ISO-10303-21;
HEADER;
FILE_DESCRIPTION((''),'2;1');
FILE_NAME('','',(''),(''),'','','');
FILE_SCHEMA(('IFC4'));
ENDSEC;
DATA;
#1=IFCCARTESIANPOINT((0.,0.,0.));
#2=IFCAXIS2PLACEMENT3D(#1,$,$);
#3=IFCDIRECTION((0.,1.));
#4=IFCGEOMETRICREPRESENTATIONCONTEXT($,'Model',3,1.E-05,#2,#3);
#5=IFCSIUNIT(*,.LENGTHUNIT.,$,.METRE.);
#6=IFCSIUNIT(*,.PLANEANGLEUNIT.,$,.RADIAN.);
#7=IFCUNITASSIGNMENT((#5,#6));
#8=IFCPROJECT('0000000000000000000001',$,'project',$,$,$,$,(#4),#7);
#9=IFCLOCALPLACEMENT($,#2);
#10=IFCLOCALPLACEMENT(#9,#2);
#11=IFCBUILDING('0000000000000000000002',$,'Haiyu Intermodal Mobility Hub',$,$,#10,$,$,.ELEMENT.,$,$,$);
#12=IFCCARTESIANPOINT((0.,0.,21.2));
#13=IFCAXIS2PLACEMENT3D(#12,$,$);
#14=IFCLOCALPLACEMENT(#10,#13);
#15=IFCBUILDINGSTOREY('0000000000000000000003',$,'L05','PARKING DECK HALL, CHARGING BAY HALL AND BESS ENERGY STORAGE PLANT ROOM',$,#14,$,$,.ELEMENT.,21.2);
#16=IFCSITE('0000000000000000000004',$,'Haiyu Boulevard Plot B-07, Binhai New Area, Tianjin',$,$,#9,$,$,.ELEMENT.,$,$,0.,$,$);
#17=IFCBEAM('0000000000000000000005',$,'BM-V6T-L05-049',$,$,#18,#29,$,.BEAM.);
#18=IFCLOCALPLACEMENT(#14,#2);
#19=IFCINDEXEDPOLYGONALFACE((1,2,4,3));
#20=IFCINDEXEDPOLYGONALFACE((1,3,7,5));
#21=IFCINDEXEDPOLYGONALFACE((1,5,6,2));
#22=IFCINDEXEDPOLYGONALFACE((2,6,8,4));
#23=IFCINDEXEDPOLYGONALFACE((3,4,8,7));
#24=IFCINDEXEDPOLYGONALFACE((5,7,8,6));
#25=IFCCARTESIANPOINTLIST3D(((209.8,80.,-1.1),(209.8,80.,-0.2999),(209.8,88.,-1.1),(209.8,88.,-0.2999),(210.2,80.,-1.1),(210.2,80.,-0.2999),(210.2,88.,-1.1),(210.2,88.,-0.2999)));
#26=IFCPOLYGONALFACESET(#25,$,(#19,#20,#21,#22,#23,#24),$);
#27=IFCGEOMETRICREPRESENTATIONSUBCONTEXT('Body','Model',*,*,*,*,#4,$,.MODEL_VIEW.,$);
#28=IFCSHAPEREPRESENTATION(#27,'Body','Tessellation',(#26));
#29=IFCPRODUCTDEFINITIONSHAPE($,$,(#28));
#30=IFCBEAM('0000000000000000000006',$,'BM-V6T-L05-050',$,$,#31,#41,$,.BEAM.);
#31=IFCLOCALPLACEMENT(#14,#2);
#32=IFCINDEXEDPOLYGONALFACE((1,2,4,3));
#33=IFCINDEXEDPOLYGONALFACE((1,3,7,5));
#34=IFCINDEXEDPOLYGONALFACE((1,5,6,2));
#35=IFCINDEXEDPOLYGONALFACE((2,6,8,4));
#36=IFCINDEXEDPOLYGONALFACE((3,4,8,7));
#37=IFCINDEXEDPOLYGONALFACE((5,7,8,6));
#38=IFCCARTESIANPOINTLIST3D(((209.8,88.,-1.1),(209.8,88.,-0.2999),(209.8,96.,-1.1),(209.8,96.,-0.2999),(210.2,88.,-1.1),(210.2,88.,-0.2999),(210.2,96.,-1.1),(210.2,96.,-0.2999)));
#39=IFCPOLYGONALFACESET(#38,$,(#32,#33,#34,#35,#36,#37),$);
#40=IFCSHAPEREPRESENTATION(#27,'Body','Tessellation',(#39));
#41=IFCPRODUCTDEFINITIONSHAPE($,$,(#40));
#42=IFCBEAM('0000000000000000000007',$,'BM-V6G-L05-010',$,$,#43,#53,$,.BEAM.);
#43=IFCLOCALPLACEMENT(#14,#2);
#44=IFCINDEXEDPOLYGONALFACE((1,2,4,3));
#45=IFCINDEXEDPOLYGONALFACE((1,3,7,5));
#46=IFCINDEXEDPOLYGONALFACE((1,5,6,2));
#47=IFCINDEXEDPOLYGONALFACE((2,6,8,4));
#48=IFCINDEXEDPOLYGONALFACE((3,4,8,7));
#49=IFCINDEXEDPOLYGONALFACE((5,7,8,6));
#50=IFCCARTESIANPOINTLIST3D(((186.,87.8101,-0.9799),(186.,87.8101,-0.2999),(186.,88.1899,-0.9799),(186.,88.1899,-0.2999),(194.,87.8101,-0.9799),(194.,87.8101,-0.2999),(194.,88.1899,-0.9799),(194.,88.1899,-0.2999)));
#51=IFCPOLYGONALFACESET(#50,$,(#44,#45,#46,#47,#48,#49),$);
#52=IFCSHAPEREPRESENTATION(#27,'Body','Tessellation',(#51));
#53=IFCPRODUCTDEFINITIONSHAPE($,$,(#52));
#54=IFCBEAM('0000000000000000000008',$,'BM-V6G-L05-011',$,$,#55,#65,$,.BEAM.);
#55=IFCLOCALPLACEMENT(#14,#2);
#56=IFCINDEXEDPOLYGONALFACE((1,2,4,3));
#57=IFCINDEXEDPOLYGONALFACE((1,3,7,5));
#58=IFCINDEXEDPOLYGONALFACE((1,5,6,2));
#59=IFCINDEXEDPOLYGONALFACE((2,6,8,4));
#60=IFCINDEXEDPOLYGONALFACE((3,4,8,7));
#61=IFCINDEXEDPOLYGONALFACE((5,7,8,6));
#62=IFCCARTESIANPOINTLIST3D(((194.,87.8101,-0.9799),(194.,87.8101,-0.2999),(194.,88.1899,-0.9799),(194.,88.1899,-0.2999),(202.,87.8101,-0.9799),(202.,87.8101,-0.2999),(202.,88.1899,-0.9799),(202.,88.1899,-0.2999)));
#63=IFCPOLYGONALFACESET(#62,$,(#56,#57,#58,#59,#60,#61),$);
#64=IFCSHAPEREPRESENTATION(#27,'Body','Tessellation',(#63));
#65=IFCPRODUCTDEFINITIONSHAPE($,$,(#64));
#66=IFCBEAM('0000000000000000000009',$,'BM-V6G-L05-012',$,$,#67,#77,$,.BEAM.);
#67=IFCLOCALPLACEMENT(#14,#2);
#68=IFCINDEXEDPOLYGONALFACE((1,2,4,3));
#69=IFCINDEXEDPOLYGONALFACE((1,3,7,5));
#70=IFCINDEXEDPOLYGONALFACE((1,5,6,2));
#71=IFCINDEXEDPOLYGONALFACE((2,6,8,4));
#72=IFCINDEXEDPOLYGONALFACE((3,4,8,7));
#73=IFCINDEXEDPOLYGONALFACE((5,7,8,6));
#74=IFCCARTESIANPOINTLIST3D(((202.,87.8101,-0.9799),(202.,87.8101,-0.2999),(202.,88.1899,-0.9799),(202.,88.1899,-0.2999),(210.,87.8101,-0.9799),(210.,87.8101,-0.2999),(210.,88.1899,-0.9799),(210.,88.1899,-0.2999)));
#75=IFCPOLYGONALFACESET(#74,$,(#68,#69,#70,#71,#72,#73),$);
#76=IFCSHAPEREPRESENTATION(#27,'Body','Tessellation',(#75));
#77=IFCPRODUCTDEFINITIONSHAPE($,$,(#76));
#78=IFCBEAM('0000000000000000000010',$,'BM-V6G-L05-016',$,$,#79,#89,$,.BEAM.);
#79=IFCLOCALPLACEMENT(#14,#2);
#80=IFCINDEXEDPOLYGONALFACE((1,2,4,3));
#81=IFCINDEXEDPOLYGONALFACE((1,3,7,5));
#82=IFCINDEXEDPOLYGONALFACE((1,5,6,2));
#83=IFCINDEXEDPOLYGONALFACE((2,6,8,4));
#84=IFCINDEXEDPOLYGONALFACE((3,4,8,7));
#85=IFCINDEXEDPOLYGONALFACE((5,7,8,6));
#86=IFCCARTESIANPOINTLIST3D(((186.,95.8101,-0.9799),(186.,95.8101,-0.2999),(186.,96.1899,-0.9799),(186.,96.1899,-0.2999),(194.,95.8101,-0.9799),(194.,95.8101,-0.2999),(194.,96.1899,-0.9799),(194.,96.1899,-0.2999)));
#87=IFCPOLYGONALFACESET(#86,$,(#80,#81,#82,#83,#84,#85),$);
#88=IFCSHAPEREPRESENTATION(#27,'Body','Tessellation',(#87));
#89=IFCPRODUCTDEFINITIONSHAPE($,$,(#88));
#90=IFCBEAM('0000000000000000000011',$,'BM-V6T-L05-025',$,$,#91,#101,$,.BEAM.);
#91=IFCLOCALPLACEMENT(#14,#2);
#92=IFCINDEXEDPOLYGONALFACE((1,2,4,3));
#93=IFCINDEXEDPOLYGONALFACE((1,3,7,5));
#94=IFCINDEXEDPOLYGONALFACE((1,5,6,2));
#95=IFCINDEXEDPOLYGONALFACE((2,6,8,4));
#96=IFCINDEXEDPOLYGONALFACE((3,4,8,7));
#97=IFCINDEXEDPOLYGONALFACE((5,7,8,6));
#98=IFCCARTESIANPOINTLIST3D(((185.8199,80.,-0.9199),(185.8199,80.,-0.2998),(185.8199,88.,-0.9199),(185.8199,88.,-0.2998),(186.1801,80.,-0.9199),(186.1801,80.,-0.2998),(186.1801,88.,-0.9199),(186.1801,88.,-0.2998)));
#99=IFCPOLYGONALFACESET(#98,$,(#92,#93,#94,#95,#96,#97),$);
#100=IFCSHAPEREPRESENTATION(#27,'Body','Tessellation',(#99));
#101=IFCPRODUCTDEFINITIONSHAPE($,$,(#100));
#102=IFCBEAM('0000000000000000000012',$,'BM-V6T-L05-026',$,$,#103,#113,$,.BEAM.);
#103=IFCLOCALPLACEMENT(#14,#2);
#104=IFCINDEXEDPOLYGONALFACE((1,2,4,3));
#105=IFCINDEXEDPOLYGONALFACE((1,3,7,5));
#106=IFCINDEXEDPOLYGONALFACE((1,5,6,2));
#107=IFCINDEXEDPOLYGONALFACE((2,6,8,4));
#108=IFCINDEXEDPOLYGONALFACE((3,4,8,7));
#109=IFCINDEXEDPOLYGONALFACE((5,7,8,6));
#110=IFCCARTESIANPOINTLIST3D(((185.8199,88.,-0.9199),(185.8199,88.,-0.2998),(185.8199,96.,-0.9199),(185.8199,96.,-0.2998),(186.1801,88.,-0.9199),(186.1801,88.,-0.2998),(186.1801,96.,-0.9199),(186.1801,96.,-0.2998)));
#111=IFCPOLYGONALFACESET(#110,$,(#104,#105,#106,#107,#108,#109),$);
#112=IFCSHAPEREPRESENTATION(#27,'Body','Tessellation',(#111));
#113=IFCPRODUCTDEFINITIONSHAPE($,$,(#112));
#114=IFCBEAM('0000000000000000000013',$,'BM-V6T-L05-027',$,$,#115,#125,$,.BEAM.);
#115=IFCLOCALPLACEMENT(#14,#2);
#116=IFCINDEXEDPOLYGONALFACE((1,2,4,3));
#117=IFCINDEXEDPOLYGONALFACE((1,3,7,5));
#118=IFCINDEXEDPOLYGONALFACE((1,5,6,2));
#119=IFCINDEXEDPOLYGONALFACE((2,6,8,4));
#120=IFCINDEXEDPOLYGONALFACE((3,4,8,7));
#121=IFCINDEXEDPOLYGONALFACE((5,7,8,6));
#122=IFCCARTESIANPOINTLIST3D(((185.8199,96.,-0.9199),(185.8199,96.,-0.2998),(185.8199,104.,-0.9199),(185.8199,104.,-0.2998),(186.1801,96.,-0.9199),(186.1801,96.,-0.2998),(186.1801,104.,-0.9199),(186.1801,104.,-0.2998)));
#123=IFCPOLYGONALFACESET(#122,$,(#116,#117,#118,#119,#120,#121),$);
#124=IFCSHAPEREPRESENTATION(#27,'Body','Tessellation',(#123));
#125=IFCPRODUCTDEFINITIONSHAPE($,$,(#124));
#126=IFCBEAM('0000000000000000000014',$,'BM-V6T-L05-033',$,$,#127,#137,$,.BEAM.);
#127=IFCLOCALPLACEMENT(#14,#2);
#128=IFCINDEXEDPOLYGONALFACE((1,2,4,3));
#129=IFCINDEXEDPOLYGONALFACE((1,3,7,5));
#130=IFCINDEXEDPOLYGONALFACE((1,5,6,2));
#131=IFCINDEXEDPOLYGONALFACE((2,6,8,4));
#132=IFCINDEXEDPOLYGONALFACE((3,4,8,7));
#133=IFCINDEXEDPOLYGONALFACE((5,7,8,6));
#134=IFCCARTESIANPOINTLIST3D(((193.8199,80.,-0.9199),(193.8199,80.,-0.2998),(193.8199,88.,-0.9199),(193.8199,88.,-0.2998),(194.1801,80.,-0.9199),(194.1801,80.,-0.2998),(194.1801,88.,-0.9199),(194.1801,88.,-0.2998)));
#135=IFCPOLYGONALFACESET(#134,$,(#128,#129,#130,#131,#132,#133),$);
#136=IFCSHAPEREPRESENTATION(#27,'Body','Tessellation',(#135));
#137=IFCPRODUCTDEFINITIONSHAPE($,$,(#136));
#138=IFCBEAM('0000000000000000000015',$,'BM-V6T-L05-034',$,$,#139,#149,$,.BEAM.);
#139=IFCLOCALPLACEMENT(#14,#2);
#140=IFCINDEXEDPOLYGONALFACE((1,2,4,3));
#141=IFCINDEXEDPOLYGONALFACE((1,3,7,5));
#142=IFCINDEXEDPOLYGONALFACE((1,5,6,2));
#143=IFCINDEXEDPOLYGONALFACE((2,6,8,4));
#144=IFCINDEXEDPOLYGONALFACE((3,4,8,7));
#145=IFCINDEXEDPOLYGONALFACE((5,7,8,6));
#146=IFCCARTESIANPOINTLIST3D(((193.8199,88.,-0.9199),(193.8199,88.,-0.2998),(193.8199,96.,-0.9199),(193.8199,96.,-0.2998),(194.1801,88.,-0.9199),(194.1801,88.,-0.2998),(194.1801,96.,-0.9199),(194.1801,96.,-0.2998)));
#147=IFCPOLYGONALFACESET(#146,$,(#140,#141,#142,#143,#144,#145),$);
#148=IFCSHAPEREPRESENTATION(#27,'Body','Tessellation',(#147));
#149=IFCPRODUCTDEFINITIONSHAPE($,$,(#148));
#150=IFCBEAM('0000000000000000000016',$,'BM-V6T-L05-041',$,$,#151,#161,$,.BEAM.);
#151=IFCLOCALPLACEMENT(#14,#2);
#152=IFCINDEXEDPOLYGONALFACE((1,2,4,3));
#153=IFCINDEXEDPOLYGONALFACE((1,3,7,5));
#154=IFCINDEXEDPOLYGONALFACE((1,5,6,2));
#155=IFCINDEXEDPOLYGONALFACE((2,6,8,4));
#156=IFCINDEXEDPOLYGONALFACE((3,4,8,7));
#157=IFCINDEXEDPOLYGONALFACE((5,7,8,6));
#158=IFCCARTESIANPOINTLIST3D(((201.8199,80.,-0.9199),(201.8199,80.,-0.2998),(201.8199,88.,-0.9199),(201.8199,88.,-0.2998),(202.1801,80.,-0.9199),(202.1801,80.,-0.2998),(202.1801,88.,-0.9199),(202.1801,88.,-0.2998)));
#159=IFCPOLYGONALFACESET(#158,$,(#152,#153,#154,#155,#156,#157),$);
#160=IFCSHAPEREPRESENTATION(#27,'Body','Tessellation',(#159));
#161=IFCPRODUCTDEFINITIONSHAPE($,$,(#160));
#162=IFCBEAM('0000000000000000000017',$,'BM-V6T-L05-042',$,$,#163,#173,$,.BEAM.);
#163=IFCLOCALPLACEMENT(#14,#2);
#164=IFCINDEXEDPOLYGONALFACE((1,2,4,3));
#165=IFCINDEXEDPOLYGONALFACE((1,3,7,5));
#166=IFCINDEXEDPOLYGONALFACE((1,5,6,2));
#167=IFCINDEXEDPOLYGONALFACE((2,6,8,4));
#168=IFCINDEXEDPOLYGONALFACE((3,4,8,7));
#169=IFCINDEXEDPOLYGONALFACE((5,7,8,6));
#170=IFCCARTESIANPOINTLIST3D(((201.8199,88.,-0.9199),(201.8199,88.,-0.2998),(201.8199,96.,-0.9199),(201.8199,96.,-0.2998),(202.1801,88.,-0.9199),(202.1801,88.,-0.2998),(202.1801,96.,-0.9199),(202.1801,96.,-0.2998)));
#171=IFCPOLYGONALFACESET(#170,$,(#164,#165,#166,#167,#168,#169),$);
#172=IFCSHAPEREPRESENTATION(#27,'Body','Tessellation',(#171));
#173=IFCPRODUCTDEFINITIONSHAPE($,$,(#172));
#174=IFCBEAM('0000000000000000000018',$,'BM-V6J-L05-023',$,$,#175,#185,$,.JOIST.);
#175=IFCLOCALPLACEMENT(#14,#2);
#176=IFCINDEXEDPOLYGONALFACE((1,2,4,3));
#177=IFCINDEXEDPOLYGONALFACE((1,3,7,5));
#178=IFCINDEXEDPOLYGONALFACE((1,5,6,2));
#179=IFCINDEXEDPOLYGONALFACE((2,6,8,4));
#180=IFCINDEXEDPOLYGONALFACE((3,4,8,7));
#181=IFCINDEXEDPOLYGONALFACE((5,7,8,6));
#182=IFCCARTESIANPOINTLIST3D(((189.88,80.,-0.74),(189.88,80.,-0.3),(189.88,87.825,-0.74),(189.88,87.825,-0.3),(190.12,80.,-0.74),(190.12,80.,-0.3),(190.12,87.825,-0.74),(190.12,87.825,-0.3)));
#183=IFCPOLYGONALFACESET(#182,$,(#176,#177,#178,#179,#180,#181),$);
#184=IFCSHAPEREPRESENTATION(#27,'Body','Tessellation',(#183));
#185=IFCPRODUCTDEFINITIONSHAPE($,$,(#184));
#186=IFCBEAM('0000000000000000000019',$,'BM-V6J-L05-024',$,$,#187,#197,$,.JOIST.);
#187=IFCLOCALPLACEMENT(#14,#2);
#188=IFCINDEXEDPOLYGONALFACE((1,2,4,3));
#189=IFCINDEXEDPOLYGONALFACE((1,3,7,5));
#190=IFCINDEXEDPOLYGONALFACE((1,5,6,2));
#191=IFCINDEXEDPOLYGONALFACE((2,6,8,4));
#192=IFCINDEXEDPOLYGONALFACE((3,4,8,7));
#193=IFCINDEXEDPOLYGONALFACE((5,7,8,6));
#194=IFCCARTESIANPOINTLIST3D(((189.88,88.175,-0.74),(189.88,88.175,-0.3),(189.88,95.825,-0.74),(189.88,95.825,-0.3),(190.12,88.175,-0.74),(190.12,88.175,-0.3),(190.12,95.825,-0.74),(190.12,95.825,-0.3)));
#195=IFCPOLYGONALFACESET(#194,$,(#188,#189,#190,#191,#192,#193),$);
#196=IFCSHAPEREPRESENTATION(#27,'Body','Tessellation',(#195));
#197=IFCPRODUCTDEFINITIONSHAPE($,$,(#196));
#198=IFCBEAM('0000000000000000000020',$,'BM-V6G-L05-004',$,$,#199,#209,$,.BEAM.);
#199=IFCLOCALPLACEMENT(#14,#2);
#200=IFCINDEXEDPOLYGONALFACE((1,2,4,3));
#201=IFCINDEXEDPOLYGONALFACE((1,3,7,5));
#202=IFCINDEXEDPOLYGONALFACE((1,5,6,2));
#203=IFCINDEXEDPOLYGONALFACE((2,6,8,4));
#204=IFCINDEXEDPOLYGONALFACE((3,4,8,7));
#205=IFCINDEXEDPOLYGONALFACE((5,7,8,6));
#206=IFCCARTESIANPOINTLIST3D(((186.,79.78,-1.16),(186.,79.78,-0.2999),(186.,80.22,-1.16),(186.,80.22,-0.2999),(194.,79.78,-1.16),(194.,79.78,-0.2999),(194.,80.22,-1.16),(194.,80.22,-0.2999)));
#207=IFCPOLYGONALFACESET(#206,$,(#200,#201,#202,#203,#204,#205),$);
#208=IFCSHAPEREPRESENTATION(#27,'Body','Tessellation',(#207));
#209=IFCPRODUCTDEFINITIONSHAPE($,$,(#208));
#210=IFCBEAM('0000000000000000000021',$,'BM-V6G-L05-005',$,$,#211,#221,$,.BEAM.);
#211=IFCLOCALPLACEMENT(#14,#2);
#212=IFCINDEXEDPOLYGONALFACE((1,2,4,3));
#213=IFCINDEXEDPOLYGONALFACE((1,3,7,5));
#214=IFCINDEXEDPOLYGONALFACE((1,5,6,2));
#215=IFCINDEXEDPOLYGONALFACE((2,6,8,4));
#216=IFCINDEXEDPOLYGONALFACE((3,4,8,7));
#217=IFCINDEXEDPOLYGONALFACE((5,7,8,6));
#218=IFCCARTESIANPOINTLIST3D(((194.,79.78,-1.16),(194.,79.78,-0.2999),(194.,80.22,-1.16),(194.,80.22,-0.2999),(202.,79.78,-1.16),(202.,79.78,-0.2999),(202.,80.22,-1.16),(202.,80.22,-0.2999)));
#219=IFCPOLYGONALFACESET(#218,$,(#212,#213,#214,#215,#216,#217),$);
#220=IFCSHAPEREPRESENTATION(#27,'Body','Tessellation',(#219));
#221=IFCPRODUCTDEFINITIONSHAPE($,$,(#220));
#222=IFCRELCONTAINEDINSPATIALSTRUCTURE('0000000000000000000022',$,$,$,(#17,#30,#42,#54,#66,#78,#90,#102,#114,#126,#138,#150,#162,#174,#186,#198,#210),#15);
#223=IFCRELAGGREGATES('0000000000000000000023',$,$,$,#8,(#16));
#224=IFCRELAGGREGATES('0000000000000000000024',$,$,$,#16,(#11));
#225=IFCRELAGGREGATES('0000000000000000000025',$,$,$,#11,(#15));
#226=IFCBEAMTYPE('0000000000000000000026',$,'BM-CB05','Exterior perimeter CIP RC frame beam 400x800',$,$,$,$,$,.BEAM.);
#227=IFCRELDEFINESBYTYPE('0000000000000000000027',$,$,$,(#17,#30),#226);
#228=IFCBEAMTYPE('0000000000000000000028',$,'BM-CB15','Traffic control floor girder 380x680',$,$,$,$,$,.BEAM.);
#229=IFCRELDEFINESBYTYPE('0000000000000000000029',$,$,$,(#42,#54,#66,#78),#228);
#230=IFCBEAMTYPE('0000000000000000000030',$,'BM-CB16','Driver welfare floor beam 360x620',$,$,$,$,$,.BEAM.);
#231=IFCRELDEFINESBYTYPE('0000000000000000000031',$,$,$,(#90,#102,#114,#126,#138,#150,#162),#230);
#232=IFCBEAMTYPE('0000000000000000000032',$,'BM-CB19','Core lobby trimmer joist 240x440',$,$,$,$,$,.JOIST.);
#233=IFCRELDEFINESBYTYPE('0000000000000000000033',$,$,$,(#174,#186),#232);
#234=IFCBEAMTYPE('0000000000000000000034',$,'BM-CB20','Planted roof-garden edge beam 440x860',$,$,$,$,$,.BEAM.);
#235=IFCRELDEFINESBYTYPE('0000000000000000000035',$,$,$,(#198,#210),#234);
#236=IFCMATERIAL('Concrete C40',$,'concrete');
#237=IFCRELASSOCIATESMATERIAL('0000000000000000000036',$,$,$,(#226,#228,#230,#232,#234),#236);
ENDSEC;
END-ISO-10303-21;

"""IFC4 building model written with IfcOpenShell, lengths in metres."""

from ifc_helpers import new_model, si_unit, direction, frame, origin, origin_2d, place, context, subcontext, project, spatial, rectangle, extrude, material, material_profile, profile_set, type_object, element, save


model = new_model("IFC4")

# Units and contexts
model_context = context("Model", 3, precision=1e-05, world=origin(), true_north=direction((0.0, 1.0)))
body_context = subcontext(model_context, "Body", "Model", "MODEL_VIEW")
ifc_project = project(units=[si_unit("LENGTHUNIT", "METRE"), si_unit("PLANEANGLEUNIT", "RADIAN")], contexts=[model_context])

# Site, building, storey
site_placement = place(None, origin())
site = spatial("IfcSite", under=ifc_project, at=site_placement, Name="Haiyu Boulevard Plot B-07, Binhai New Area, Tianjin", CompositionType="ELEMENT", RefElevation=0.0)
building_placement = place(site_placement, origin())
building = spatial("IfcBuilding", under=site, at=building_placement, Name="Haiyu Intermodal Mobility Hub", CompositionType="ELEMENT")
storey_placement = place(building_placement, frame((0.0, 0.0, 21.2)))
storey = spatial("IfcBuildingStorey", under=building, at=storey_placement, Name="L05", Description="PARKING DECK HALL, CHARGING BAY HALL AND BESS ENERGY STORAGE PLANT ROOM", CompositionType="ELEMENT", Elevation=21.2)

# Beams
ifc_material_1 = material(Name="Concrete C40", Category="concrete")
ifc_material_profile_1 = material_profile(ifc_material_1, rectangle(XDim=0.3999, YDim=0.8, at=origin_2d()), Name="RCB400x800")
ifc_profile_set_1 = profile_set([ifc_material_profile_1], Name="Concrete C40")
beam_type_1 = type_object("IfcBeamType", Name="BM-CB05", Description="Exterior perimeter CIP RC frame beam 400x800", PredefinedType="BEAM", material=ifc_profile_set_1)
for number, where, z_axis, x_axis, name in (
    (1, (210.0, 80.0, -0.7), (0.0, 1.0, 0.0), (-1.0, 0.0, 0.0), "BM-V6T-L05-049"),
    (2, (210.0, 88.0, -0.7), (0.0, 1.0, 0.0), (-1.0, 0.0, 0.0), "BM-V6T-L05-050"),
):
    element("IfcBeam", number, at=place(storey_placement, frame(where, z_axis=z_axis, x_axis=x_axis)), inside=storey, type_object=beam_type_1, Name=name, PredefinedType="BEAM", context=body_context, shape_type="SweptSolid", body=[
        extrude(rectangle(XDim=0.3999, YDim=0.8, at=origin_2d()), origin(), (0.0, 0.0, 1.0), 8.0),
    ])
ifc_material_profile_2 = material_profile(ifc_material_1, rectangle(XDim=0.3799, YDim=0.6799, at=origin_2d()), Name="B380x680")
ifc_profile_set_2 = profile_set([ifc_material_profile_2], Name="Concrete C40")
beam_type_2 = type_object("IfcBeamType", Name="BM-CB15", Description="Traffic control floor girder 380x680", PredefinedType="BEAM", material=ifc_profile_set_2)
for number, where, z_axis, x_axis, name in (
    (3, (186.0, 88.0, -0.6399), (1.0, 0.0, 0.0), (0.0, 1.0, 0.0), "BM-V6G-L05-010"),
    (4, (194.0, 88.0, -0.6399), (1.0, 0.0, 0.0), (0.0, 1.0, 0.0), "BM-V6G-L05-011"),
    (5, (202.0, 88.0, -0.6399), (1.0, 0.0, 0.0), (0.0, 1.0, 0.0), "BM-V6G-L05-012"),
    (6, (186.0, 96.0, -0.6399), (1.0, 0.0, 0.0), (0.0, 1.0, 0.0), "BM-V6G-L05-016"),
):
    element("IfcBeam", number, at=place(storey_placement, frame(where, z_axis=z_axis, x_axis=x_axis)), inside=storey, type_object=beam_type_2, Name=name, PredefinedType="BEAM", context=body_context, shape_type="SweptSolid", body=[
        extrude(rectangle(XDim=0.3799, YDim=0.6799, at=origin_2d()), origin(), (0.0, 0.0, 1.0), 8.0),
    ])
ifc_material_profile_3 = material_profile(ifc_material_1, rectangle(XDim=0.3601, YDim=0.6201, at=origin_2d()), Name="B360x620")
ifc_profile_set_3 = profile_set([ifc_material_profile_3], Name="Concrete C40")
beam_type_3 = type_object("IfcBeamType", Name="BM-CB16", Description="Driver welfare floor beam 360x620", PredefinedType="BEAM", material=ifc_profile_set_3)
for number, where, z_axis, x_axis, name in (
    (7, (186.0, 80.0, -0.6099), (0.0, 1.0, 0.0), (-1.0, 0.0, 0.0), "BM-V6T-L05-025"),
    (8, (186.0, 88.0, -0.6099), (0.0, 1.0, 0.0), (-1.0, 0.0, 0.0), "BM-V6T-L05-026"),
    (9, (186.0, 96.0, -0.6099), (0.0, 1.0, 0.0), (-1.0, 0.0, 0.0), "BM-V6T-L05-027"),
    (10, (194.0, 80.0, -0.6099), (0.0, 1.0, 0.0), (-1.0, 0.0, 0.0), "BM-V6T-L05-033"),
    (11, (194.0, 88.0, -0.6099), (0.0, 1.0, 0.0), (-1.0, 0.0, 0.0), "BM-V6T-L05-034"),
    (12, (202.0, 80.0, -0.6099), (0.0, 1.0, 0.0), (-1.0, 0.0, 0.0), "BM-V6T-L05-041"),
    (13, (202.0, 88.0, -0.6099), (0.0, 1.0, 0.0), (-1.0, 0.0, 0.0), "BM-V6T-L05-042"),
):
    element("IfcBeam", number, at=place(storey_placement, frame(where, z_axis=z_axis, x_axis=x_axis)), inside=storey, type_object=beam_type_3, Name=name, PredefinedType="BEAM", context=body_context, shape_type="SweptSolid", body=[
        extrude(rectangle(XDim=0.3601, YDim=0.6201, at=origin_2d()), origin(), (0.0, 0.0, 1.0), 8.0),
    ])
ifc_material_profile_4 = material_profile(ifc_material_1, rectangle(XDim=0.24, YDim=0.4399, at=origin_2d()), Name="B240x440")
ifc_profile_set_4 = profile_set([ifc_material_profile_4], Name="Concrete C40")
beam_type_4 = type_object("IfcBeamType", Name="BM-CB19", Description="Core lobby trimmer joist 240x440", PredefinedType="JOIST", material=ifc_profile_set_4)
beam_1_placement = place(storey_placement, frame((190.0, 80.0, -0.52), z_axis=(0.0, 1.0, 0.0), x_axis=(-1.0, 0.0, 0.0)))
element("IfcBeam", 14, at=beam_1_placement, inside=storey, type_object=beam_type_4, Name="BM-V6J-L05-023", PredefinedType="JOIST", context=body_context, shape_type="SweptSolid", body=[
    extrude(rectangle(XDim=0.24, YDim=0.4399, at=origin_2d()), origin(), (0.0, 0.0, 1.0), 7.825),
])
beam_2_placement = place(storey_placement, frame((190.0, 88.175, -0.52), z_axis=(0.0, 1.0, 0.0), x_axis=(-1.0, 0.0, 0.0)))
element("IfcBeam", 15, at=beam_2_placement, inside=storey, type_object=beam_type_4, Name="BM-V6J-L05-024", PredefinedType="JOIST", context=body_context, shape_type="SweptSolid", body=[
    extrude(rectangle(XDim=0.24, YDim=0.4399, at=origin_2d()), origin(), (0.0, 0.0, 1.0), 7.6499),
])
ifc_material_profile_5 = material_profile(ifc_material_1, rectangle(XDim=0.4399, YDim=0.8601, at=origin_2d()), Name="B440x860")
ifc_profile_set_5 = profile_set([ifc_material_profile_5], Name="Concrete C40")
beam_type_5 = type_object("IfcBeamType", Name="BM-CB20", Description="Planted roof-garden edge beam 440x860", PredefinedType="BEAM", material=ifc_profile_set_5)
for number, where, z_axis, x_axis, name in (
    (16, (186.0, 80.0, -0.73), (1.0, 0.0, 0.0), (0.0, 1.0, 0.0), "BM-V6G-L05-004"),
    (17, (194.0, 80.0, -0.73), (1.0, 0.0, 0.0), (0.0, 1.0, 0.0), "BM-V6G-L05-005"),
):
    element("IfcBeam", number, at=place(storey_placement, frame(where, z_axis=z_axis, x_axis=x_axis)), inside=storey, type_object=beam_type_5, Name=name, PredefinedType="BEAM", context=body_context, shape_type="SweptSolid", body=[
        extrude(rectangle(XDim=0.4399, YDim=0.8601, at=origin_2d()), origin(), (0.0, 0.0, 1.0), 8.0),
    ])

save(model, "model.ifc")
